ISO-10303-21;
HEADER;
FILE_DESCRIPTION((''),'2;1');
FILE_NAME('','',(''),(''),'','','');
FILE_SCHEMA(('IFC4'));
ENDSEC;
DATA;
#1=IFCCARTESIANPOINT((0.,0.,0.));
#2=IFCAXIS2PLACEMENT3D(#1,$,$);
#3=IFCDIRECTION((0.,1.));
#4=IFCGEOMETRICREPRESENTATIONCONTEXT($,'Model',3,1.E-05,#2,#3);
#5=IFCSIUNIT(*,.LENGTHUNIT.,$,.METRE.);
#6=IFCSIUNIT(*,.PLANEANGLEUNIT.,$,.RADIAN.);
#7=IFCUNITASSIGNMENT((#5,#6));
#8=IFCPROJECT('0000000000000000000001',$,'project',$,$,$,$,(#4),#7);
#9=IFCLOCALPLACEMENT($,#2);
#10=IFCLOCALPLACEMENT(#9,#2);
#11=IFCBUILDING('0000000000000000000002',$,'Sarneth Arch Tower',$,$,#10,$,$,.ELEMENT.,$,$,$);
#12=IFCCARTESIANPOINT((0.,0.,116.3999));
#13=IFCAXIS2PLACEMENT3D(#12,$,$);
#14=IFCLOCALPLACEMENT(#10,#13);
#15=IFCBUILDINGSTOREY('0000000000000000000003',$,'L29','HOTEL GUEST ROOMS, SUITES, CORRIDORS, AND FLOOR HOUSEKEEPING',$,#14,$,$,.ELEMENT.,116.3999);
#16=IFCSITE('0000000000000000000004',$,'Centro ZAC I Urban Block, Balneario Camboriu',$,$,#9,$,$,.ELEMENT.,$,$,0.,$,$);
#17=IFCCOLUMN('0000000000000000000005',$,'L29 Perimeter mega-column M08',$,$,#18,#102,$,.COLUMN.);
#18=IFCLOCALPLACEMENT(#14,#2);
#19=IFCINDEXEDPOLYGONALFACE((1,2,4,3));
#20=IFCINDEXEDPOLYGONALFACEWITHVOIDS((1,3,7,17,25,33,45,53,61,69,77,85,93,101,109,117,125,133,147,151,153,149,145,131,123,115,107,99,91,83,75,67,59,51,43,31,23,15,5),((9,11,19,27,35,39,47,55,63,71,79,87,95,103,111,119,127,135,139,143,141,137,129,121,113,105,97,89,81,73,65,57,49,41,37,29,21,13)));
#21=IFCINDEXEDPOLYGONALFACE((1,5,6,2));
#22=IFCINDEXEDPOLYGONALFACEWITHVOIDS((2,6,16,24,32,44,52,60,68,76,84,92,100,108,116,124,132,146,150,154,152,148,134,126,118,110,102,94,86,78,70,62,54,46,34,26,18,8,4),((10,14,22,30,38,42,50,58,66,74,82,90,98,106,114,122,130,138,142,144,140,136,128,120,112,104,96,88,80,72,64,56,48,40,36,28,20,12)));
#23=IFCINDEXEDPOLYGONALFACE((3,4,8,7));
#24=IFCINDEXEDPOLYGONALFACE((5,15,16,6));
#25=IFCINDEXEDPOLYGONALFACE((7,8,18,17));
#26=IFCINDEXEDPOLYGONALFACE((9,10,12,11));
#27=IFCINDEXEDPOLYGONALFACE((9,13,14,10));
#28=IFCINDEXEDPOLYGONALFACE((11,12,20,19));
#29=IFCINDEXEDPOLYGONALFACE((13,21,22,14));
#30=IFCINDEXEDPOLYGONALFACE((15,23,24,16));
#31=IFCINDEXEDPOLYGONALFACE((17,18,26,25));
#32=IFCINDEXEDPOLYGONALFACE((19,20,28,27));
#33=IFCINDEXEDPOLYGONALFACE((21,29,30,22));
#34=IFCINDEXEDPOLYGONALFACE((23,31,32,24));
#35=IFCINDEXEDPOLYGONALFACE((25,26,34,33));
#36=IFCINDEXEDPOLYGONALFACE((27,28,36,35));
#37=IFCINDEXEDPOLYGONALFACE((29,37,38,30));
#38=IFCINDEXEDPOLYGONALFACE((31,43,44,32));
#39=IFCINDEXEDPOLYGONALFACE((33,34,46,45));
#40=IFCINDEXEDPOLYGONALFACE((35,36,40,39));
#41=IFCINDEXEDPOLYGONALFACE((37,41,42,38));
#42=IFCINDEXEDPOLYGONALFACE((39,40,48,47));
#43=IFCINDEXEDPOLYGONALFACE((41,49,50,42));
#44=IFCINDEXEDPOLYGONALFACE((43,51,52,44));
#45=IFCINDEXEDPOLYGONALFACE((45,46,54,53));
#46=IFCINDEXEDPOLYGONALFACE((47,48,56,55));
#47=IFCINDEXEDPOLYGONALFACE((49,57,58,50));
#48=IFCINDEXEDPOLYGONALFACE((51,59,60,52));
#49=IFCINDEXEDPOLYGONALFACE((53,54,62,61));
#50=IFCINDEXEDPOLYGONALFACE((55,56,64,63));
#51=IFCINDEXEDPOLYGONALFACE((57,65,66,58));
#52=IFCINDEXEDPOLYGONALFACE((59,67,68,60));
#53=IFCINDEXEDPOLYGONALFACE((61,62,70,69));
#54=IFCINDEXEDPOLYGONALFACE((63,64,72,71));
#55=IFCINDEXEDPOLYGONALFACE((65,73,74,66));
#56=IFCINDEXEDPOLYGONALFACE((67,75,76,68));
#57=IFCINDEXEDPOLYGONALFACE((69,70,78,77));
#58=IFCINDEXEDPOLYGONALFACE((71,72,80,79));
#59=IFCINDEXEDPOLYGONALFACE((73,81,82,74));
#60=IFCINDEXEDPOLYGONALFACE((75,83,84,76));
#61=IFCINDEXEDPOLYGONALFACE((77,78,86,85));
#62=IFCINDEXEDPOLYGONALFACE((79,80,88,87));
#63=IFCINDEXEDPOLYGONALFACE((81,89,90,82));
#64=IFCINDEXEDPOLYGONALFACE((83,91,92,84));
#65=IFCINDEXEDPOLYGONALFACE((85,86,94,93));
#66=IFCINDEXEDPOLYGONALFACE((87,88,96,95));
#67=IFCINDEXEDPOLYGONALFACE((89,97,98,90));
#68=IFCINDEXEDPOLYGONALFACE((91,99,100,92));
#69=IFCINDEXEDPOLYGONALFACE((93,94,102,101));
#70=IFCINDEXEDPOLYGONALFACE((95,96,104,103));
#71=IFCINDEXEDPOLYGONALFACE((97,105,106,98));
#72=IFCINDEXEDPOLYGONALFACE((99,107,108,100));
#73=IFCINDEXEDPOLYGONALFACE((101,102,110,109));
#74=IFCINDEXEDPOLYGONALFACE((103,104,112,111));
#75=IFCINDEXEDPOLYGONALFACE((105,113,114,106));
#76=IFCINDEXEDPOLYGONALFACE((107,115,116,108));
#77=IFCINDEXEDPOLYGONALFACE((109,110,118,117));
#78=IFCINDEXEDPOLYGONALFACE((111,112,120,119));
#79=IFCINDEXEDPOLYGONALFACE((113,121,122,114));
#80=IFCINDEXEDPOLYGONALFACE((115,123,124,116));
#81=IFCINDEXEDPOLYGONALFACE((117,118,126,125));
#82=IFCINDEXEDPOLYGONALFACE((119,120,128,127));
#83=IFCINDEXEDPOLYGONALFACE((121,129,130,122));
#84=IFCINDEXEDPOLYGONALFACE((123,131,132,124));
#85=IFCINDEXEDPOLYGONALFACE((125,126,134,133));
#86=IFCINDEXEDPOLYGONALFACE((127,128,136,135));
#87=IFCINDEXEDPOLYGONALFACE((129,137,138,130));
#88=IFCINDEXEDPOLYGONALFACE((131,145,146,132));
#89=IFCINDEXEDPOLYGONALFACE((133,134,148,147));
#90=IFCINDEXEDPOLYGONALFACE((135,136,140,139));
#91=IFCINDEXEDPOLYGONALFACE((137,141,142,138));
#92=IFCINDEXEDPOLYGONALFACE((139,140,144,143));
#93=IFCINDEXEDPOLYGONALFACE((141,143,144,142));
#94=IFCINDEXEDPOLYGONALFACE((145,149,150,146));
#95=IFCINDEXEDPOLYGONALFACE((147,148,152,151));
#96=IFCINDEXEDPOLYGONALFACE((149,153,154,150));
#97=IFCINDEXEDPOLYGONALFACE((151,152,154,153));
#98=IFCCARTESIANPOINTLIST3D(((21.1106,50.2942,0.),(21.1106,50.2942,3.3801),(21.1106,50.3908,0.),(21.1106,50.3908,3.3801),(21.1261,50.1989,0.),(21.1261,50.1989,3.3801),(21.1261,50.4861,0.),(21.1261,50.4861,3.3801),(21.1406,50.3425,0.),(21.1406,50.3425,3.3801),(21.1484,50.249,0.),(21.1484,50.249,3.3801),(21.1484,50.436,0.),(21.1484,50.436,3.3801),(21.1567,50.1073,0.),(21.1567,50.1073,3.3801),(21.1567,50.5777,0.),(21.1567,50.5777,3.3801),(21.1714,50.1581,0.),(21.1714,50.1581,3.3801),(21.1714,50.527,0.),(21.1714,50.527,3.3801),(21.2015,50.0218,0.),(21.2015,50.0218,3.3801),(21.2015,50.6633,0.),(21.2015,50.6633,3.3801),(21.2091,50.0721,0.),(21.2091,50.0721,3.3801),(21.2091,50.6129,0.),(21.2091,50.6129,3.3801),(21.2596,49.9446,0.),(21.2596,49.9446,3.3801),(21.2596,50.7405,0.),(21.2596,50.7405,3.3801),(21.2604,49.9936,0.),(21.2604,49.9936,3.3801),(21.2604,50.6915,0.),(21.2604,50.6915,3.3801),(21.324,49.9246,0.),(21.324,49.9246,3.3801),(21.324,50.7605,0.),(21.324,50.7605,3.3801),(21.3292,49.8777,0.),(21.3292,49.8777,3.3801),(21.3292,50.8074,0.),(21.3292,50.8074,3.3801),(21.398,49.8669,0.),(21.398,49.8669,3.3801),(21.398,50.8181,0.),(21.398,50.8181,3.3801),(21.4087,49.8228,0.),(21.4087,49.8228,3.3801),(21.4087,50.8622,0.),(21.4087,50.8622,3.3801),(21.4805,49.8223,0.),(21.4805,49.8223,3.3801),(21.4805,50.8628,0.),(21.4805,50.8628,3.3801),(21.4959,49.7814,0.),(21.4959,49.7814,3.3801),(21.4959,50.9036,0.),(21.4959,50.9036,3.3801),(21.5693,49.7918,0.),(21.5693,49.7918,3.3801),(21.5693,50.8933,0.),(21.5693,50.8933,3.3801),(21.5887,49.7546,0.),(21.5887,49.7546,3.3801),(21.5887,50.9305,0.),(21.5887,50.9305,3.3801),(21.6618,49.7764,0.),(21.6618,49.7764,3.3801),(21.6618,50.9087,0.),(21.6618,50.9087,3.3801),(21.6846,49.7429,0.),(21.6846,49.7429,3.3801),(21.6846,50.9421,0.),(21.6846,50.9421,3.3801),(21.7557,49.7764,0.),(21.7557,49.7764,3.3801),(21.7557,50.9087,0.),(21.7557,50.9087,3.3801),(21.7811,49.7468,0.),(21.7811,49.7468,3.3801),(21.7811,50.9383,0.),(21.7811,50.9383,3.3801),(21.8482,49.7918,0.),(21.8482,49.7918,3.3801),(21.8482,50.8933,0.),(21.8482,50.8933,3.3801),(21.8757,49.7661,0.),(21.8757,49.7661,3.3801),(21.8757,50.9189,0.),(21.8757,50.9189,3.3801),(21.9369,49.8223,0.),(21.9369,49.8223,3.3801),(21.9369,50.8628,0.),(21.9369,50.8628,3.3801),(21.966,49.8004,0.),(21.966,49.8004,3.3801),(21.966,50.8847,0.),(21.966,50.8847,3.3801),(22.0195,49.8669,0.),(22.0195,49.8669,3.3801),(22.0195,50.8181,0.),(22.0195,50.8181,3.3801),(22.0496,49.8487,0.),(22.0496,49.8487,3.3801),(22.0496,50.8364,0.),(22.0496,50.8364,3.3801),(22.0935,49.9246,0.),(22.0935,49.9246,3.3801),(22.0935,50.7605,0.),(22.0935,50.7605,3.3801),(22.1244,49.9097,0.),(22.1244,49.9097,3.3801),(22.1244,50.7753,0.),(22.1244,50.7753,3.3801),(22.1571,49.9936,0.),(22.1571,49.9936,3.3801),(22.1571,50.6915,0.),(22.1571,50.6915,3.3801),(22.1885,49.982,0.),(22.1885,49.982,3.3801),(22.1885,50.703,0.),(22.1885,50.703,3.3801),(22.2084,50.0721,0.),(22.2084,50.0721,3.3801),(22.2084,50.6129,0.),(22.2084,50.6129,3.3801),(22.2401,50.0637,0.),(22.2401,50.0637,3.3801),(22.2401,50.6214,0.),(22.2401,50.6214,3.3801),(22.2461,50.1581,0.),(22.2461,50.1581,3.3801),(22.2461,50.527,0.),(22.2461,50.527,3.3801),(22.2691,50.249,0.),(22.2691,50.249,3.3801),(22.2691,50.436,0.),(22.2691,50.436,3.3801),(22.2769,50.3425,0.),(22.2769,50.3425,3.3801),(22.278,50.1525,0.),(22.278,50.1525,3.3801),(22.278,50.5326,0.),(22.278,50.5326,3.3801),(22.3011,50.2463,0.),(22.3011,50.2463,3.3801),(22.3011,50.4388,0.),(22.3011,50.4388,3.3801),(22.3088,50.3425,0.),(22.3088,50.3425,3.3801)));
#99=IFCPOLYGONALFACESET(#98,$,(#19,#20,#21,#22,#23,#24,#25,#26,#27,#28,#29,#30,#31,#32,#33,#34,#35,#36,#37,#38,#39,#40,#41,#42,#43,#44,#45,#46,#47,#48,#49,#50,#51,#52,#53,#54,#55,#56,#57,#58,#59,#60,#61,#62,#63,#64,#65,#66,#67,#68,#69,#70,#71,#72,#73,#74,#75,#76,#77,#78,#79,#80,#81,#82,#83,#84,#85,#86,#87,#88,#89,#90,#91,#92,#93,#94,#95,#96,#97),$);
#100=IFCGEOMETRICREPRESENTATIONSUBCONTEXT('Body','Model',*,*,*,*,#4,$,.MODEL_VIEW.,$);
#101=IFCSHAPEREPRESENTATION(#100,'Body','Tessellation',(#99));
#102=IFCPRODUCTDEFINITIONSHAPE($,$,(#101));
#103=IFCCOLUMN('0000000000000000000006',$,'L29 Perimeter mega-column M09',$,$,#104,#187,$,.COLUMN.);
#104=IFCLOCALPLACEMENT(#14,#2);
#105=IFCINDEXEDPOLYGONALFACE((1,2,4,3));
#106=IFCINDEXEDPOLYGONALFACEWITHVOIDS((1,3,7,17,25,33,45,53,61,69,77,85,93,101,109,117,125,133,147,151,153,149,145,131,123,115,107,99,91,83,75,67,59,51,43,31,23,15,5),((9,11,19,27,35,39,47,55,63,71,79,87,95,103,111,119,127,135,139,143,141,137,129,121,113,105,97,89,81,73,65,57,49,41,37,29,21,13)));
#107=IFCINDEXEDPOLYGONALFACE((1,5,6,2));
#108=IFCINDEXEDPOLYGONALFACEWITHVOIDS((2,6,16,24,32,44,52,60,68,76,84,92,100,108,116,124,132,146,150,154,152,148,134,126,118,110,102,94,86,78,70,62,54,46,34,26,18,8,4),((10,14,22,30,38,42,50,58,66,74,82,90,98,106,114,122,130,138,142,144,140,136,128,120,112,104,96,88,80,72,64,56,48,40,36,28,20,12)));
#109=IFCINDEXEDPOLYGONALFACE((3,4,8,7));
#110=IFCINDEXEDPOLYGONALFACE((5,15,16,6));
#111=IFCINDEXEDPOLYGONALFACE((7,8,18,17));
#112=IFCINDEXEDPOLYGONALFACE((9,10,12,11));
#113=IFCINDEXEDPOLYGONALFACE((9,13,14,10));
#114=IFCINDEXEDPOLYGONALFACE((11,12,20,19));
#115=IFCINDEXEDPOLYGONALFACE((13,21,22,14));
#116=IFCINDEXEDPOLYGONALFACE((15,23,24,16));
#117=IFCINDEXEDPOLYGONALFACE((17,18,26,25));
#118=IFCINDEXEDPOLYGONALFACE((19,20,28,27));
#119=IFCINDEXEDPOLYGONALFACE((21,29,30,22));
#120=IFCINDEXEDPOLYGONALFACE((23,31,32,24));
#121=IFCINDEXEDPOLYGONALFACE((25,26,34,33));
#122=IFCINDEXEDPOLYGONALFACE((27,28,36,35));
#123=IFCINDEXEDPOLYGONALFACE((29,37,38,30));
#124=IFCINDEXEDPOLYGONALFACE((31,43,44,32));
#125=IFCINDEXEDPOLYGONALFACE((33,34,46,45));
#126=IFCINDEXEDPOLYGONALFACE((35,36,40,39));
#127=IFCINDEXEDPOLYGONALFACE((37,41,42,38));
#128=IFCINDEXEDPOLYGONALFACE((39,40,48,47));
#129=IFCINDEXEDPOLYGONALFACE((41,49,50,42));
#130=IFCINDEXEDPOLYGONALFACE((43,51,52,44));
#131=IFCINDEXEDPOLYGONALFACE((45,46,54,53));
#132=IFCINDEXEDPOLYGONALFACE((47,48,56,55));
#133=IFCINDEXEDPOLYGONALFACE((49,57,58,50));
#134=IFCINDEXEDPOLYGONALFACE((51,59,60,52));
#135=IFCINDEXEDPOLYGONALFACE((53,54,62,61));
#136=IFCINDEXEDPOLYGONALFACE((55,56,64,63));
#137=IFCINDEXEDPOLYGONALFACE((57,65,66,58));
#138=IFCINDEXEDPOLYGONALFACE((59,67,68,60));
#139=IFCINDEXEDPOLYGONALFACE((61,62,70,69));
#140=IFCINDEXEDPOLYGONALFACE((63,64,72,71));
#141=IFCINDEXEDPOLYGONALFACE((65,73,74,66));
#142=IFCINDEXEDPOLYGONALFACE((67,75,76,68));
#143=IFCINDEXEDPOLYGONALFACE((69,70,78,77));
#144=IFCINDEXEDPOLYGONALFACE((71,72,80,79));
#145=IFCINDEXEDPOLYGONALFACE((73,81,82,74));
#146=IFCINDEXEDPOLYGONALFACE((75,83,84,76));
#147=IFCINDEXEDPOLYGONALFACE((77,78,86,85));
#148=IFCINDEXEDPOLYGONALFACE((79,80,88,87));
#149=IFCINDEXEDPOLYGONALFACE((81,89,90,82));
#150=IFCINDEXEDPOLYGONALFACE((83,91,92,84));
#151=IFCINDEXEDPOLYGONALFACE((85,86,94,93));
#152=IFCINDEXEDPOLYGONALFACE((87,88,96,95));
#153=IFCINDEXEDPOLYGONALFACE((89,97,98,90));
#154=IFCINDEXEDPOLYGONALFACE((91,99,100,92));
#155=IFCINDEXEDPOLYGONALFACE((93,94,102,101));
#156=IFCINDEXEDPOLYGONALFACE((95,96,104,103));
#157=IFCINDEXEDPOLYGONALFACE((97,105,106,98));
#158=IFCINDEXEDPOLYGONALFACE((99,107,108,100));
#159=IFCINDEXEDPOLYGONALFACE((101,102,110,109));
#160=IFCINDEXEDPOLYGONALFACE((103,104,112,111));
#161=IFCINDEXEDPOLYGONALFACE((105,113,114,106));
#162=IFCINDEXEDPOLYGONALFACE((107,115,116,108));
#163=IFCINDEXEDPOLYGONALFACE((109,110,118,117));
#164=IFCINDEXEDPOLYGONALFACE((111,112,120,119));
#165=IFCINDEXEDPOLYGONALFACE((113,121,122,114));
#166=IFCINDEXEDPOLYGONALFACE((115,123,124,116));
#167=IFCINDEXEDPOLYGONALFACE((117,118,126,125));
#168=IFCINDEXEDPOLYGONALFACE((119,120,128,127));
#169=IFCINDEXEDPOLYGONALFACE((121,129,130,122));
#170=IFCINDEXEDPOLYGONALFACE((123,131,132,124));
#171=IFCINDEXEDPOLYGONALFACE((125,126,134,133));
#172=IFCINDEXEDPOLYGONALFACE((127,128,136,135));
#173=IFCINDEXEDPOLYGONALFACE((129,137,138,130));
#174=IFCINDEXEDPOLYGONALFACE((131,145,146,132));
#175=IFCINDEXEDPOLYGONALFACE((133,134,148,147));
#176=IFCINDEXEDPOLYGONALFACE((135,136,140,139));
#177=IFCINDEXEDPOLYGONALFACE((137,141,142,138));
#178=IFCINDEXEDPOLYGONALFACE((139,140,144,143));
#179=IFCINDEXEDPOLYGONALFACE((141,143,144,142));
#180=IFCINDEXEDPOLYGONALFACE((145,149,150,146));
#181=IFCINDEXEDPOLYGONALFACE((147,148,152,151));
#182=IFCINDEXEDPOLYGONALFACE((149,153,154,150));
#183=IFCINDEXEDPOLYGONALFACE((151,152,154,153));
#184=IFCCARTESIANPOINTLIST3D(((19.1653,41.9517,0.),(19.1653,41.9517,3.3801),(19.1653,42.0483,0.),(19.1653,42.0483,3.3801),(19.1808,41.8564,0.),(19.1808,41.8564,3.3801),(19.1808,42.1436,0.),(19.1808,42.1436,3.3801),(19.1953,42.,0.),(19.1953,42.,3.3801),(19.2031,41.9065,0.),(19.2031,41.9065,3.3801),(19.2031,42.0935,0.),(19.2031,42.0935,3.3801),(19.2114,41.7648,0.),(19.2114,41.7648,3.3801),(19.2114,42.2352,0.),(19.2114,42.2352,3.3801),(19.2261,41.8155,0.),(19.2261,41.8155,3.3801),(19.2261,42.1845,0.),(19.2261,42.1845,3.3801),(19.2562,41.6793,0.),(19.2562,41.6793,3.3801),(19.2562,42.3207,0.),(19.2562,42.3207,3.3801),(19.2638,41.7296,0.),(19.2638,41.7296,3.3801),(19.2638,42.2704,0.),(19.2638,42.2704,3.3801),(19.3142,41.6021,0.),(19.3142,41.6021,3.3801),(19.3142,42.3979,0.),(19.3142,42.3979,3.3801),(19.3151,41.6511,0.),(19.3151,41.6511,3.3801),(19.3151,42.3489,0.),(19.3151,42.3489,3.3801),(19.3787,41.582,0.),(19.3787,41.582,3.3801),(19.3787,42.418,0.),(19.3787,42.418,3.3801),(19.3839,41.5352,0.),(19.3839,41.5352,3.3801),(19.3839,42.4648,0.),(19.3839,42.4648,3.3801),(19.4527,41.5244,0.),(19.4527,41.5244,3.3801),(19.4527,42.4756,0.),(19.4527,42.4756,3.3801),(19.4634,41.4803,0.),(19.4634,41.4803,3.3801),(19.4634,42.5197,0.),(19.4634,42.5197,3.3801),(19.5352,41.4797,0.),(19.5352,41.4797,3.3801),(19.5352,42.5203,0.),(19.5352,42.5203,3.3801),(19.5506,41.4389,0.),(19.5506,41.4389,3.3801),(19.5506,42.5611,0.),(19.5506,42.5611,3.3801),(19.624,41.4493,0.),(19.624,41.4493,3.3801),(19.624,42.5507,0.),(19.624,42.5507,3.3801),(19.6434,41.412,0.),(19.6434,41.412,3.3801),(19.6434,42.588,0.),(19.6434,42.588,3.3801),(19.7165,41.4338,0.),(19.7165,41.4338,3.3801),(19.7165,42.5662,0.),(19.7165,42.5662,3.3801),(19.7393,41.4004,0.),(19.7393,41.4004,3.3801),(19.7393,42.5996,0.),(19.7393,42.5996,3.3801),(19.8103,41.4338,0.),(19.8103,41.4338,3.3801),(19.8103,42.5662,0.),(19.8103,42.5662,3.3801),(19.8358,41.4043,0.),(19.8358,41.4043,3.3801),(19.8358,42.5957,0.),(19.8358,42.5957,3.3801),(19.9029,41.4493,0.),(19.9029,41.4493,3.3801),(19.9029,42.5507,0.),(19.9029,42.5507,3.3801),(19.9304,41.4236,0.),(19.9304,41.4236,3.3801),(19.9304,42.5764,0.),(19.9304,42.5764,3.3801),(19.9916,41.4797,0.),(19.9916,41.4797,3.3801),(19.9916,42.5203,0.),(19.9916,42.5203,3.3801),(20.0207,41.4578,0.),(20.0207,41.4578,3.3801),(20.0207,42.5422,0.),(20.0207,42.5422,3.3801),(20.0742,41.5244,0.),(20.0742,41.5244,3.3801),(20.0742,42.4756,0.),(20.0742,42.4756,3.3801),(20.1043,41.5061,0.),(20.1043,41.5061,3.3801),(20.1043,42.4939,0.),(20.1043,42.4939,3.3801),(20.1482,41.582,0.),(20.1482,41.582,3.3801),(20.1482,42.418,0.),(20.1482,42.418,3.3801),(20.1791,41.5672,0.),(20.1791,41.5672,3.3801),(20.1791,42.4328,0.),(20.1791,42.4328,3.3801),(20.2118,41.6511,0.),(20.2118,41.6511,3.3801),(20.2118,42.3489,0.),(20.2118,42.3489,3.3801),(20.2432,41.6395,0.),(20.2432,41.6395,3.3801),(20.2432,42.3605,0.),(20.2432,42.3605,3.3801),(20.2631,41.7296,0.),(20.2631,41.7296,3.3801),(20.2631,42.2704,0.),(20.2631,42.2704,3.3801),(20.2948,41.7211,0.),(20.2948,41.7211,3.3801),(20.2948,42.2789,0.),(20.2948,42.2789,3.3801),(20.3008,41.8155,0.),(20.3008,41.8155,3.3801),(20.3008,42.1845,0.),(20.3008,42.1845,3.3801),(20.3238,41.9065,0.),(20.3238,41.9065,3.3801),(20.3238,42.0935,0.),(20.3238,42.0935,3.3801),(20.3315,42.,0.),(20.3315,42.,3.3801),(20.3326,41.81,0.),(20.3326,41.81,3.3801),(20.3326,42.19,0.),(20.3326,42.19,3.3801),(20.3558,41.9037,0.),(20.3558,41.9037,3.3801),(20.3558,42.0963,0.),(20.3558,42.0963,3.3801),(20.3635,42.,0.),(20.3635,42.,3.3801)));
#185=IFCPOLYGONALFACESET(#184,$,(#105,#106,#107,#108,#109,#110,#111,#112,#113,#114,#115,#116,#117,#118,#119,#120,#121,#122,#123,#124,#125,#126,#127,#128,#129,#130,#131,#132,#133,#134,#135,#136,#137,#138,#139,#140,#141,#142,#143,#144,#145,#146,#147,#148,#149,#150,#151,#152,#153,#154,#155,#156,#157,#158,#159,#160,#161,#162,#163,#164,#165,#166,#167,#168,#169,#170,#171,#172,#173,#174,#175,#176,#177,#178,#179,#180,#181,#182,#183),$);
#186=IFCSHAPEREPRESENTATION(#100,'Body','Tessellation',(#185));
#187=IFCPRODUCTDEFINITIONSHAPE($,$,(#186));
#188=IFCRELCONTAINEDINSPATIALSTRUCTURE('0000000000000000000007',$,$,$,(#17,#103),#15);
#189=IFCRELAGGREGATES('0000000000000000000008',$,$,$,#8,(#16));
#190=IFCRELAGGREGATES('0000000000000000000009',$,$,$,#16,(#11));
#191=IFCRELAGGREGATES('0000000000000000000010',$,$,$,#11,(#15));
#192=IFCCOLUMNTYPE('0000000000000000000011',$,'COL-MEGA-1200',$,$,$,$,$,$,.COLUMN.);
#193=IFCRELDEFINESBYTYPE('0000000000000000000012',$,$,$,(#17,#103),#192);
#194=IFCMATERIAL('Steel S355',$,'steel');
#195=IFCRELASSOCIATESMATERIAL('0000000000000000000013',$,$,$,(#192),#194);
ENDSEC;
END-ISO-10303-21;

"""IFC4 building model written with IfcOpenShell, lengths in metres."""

from ifc_helpers import new_model, si_unit, direction, frame, origin, origin_2d, place, context, subcontext, project, spatial, hollow_circle, extrude, material, material_profile, profile_set, type_object, element, save


model = new_model("IFC4")

# Units and contexts
model_context = context("Model", 3, precision=1e-05, world=origin(), true_north=direction((0.0, 1.0)))
body_context = subcontext(model_context, "Body", "Model", "MODEL_VIEW")
ifc_project = project(units=[si_unit("LENGTHUNIT", "METRE"), si_unit("PLANEANGLEUNIT", "RADIAN")], contexts=[model_context])

# Site, building, storey
site_placement = place(None, origin())
site = spatial("IfcSite", under=ifc_project, at=site_placement, Name="Centro ZAC I Urban Block, Balneario Camboriu", CompositionType="ELEMENT", RefElevation=0.0)
building_placement = place(site_placement, origin())
building = spatial("IfcBuilding", under=site, at=building_placement, Name="Sarneth Arch Tower", CompositionType="ELEMENT")
storey_placement = place(building_placement, frame((0.0, 0.0, 116.3999)))
storey = spatial("IfcBuildingStorey", under=building, at=storey_placement, Name="L29", Description="HOTEL GUEST ROOMS, SUITES, CORRIDORS, AND FLOOR HOUSEKEEPING", CompositionType="ELEMENT", Elevation=116.3999)

# Columns
ifc_material_1 = material(Name="Steel S355", Category="steel")
ifc_material_profile_1 = material_profile(ifc_material_1, hollow_circle(Radius=0.6001, WallThickness=0.032, at=origin_2d()), Name="CHS1200x32")
ifc_profile_set_1 = profile_set([ifc_material_profile_1], Name="Steel S355")
column_type = type_object("IfcColumnType", Name="COL-MEGA-1200", PredefinedType="COLUMN", material=ifc_profile_set_1)
for number, where, z_axis, x_axis, name in (
    (1, (21.7087, 50.3425, 0.0), (0.0, 0.0, 1.0), (1.0, 0.0, 0.0), "L29 Perimeter mega-column M08"),
    (2, (19.7634, 42.0, 0.0), (0.0, 0.0, 1.0), (1.0, 0.0, 0.0), "L29 Perimeter mega-column M09"),
):
    element("IfcColumn", number, at=place(storey_placement, frame(where, z_axis=z_axis, x_axis=x_axis)), inside=storey, type_object=column_type, Name=name, PredefinedType="COLUMN", context=body_context, shape_type="SweptSolid", body=[
        extrude(hollow_circle(Radius=0.6001, WallThickness=0.032, at=origin_2d()), origin(), (0.0, 0.0, 1.0), 3.3801),
    ])

save(model, "model.ifc")
